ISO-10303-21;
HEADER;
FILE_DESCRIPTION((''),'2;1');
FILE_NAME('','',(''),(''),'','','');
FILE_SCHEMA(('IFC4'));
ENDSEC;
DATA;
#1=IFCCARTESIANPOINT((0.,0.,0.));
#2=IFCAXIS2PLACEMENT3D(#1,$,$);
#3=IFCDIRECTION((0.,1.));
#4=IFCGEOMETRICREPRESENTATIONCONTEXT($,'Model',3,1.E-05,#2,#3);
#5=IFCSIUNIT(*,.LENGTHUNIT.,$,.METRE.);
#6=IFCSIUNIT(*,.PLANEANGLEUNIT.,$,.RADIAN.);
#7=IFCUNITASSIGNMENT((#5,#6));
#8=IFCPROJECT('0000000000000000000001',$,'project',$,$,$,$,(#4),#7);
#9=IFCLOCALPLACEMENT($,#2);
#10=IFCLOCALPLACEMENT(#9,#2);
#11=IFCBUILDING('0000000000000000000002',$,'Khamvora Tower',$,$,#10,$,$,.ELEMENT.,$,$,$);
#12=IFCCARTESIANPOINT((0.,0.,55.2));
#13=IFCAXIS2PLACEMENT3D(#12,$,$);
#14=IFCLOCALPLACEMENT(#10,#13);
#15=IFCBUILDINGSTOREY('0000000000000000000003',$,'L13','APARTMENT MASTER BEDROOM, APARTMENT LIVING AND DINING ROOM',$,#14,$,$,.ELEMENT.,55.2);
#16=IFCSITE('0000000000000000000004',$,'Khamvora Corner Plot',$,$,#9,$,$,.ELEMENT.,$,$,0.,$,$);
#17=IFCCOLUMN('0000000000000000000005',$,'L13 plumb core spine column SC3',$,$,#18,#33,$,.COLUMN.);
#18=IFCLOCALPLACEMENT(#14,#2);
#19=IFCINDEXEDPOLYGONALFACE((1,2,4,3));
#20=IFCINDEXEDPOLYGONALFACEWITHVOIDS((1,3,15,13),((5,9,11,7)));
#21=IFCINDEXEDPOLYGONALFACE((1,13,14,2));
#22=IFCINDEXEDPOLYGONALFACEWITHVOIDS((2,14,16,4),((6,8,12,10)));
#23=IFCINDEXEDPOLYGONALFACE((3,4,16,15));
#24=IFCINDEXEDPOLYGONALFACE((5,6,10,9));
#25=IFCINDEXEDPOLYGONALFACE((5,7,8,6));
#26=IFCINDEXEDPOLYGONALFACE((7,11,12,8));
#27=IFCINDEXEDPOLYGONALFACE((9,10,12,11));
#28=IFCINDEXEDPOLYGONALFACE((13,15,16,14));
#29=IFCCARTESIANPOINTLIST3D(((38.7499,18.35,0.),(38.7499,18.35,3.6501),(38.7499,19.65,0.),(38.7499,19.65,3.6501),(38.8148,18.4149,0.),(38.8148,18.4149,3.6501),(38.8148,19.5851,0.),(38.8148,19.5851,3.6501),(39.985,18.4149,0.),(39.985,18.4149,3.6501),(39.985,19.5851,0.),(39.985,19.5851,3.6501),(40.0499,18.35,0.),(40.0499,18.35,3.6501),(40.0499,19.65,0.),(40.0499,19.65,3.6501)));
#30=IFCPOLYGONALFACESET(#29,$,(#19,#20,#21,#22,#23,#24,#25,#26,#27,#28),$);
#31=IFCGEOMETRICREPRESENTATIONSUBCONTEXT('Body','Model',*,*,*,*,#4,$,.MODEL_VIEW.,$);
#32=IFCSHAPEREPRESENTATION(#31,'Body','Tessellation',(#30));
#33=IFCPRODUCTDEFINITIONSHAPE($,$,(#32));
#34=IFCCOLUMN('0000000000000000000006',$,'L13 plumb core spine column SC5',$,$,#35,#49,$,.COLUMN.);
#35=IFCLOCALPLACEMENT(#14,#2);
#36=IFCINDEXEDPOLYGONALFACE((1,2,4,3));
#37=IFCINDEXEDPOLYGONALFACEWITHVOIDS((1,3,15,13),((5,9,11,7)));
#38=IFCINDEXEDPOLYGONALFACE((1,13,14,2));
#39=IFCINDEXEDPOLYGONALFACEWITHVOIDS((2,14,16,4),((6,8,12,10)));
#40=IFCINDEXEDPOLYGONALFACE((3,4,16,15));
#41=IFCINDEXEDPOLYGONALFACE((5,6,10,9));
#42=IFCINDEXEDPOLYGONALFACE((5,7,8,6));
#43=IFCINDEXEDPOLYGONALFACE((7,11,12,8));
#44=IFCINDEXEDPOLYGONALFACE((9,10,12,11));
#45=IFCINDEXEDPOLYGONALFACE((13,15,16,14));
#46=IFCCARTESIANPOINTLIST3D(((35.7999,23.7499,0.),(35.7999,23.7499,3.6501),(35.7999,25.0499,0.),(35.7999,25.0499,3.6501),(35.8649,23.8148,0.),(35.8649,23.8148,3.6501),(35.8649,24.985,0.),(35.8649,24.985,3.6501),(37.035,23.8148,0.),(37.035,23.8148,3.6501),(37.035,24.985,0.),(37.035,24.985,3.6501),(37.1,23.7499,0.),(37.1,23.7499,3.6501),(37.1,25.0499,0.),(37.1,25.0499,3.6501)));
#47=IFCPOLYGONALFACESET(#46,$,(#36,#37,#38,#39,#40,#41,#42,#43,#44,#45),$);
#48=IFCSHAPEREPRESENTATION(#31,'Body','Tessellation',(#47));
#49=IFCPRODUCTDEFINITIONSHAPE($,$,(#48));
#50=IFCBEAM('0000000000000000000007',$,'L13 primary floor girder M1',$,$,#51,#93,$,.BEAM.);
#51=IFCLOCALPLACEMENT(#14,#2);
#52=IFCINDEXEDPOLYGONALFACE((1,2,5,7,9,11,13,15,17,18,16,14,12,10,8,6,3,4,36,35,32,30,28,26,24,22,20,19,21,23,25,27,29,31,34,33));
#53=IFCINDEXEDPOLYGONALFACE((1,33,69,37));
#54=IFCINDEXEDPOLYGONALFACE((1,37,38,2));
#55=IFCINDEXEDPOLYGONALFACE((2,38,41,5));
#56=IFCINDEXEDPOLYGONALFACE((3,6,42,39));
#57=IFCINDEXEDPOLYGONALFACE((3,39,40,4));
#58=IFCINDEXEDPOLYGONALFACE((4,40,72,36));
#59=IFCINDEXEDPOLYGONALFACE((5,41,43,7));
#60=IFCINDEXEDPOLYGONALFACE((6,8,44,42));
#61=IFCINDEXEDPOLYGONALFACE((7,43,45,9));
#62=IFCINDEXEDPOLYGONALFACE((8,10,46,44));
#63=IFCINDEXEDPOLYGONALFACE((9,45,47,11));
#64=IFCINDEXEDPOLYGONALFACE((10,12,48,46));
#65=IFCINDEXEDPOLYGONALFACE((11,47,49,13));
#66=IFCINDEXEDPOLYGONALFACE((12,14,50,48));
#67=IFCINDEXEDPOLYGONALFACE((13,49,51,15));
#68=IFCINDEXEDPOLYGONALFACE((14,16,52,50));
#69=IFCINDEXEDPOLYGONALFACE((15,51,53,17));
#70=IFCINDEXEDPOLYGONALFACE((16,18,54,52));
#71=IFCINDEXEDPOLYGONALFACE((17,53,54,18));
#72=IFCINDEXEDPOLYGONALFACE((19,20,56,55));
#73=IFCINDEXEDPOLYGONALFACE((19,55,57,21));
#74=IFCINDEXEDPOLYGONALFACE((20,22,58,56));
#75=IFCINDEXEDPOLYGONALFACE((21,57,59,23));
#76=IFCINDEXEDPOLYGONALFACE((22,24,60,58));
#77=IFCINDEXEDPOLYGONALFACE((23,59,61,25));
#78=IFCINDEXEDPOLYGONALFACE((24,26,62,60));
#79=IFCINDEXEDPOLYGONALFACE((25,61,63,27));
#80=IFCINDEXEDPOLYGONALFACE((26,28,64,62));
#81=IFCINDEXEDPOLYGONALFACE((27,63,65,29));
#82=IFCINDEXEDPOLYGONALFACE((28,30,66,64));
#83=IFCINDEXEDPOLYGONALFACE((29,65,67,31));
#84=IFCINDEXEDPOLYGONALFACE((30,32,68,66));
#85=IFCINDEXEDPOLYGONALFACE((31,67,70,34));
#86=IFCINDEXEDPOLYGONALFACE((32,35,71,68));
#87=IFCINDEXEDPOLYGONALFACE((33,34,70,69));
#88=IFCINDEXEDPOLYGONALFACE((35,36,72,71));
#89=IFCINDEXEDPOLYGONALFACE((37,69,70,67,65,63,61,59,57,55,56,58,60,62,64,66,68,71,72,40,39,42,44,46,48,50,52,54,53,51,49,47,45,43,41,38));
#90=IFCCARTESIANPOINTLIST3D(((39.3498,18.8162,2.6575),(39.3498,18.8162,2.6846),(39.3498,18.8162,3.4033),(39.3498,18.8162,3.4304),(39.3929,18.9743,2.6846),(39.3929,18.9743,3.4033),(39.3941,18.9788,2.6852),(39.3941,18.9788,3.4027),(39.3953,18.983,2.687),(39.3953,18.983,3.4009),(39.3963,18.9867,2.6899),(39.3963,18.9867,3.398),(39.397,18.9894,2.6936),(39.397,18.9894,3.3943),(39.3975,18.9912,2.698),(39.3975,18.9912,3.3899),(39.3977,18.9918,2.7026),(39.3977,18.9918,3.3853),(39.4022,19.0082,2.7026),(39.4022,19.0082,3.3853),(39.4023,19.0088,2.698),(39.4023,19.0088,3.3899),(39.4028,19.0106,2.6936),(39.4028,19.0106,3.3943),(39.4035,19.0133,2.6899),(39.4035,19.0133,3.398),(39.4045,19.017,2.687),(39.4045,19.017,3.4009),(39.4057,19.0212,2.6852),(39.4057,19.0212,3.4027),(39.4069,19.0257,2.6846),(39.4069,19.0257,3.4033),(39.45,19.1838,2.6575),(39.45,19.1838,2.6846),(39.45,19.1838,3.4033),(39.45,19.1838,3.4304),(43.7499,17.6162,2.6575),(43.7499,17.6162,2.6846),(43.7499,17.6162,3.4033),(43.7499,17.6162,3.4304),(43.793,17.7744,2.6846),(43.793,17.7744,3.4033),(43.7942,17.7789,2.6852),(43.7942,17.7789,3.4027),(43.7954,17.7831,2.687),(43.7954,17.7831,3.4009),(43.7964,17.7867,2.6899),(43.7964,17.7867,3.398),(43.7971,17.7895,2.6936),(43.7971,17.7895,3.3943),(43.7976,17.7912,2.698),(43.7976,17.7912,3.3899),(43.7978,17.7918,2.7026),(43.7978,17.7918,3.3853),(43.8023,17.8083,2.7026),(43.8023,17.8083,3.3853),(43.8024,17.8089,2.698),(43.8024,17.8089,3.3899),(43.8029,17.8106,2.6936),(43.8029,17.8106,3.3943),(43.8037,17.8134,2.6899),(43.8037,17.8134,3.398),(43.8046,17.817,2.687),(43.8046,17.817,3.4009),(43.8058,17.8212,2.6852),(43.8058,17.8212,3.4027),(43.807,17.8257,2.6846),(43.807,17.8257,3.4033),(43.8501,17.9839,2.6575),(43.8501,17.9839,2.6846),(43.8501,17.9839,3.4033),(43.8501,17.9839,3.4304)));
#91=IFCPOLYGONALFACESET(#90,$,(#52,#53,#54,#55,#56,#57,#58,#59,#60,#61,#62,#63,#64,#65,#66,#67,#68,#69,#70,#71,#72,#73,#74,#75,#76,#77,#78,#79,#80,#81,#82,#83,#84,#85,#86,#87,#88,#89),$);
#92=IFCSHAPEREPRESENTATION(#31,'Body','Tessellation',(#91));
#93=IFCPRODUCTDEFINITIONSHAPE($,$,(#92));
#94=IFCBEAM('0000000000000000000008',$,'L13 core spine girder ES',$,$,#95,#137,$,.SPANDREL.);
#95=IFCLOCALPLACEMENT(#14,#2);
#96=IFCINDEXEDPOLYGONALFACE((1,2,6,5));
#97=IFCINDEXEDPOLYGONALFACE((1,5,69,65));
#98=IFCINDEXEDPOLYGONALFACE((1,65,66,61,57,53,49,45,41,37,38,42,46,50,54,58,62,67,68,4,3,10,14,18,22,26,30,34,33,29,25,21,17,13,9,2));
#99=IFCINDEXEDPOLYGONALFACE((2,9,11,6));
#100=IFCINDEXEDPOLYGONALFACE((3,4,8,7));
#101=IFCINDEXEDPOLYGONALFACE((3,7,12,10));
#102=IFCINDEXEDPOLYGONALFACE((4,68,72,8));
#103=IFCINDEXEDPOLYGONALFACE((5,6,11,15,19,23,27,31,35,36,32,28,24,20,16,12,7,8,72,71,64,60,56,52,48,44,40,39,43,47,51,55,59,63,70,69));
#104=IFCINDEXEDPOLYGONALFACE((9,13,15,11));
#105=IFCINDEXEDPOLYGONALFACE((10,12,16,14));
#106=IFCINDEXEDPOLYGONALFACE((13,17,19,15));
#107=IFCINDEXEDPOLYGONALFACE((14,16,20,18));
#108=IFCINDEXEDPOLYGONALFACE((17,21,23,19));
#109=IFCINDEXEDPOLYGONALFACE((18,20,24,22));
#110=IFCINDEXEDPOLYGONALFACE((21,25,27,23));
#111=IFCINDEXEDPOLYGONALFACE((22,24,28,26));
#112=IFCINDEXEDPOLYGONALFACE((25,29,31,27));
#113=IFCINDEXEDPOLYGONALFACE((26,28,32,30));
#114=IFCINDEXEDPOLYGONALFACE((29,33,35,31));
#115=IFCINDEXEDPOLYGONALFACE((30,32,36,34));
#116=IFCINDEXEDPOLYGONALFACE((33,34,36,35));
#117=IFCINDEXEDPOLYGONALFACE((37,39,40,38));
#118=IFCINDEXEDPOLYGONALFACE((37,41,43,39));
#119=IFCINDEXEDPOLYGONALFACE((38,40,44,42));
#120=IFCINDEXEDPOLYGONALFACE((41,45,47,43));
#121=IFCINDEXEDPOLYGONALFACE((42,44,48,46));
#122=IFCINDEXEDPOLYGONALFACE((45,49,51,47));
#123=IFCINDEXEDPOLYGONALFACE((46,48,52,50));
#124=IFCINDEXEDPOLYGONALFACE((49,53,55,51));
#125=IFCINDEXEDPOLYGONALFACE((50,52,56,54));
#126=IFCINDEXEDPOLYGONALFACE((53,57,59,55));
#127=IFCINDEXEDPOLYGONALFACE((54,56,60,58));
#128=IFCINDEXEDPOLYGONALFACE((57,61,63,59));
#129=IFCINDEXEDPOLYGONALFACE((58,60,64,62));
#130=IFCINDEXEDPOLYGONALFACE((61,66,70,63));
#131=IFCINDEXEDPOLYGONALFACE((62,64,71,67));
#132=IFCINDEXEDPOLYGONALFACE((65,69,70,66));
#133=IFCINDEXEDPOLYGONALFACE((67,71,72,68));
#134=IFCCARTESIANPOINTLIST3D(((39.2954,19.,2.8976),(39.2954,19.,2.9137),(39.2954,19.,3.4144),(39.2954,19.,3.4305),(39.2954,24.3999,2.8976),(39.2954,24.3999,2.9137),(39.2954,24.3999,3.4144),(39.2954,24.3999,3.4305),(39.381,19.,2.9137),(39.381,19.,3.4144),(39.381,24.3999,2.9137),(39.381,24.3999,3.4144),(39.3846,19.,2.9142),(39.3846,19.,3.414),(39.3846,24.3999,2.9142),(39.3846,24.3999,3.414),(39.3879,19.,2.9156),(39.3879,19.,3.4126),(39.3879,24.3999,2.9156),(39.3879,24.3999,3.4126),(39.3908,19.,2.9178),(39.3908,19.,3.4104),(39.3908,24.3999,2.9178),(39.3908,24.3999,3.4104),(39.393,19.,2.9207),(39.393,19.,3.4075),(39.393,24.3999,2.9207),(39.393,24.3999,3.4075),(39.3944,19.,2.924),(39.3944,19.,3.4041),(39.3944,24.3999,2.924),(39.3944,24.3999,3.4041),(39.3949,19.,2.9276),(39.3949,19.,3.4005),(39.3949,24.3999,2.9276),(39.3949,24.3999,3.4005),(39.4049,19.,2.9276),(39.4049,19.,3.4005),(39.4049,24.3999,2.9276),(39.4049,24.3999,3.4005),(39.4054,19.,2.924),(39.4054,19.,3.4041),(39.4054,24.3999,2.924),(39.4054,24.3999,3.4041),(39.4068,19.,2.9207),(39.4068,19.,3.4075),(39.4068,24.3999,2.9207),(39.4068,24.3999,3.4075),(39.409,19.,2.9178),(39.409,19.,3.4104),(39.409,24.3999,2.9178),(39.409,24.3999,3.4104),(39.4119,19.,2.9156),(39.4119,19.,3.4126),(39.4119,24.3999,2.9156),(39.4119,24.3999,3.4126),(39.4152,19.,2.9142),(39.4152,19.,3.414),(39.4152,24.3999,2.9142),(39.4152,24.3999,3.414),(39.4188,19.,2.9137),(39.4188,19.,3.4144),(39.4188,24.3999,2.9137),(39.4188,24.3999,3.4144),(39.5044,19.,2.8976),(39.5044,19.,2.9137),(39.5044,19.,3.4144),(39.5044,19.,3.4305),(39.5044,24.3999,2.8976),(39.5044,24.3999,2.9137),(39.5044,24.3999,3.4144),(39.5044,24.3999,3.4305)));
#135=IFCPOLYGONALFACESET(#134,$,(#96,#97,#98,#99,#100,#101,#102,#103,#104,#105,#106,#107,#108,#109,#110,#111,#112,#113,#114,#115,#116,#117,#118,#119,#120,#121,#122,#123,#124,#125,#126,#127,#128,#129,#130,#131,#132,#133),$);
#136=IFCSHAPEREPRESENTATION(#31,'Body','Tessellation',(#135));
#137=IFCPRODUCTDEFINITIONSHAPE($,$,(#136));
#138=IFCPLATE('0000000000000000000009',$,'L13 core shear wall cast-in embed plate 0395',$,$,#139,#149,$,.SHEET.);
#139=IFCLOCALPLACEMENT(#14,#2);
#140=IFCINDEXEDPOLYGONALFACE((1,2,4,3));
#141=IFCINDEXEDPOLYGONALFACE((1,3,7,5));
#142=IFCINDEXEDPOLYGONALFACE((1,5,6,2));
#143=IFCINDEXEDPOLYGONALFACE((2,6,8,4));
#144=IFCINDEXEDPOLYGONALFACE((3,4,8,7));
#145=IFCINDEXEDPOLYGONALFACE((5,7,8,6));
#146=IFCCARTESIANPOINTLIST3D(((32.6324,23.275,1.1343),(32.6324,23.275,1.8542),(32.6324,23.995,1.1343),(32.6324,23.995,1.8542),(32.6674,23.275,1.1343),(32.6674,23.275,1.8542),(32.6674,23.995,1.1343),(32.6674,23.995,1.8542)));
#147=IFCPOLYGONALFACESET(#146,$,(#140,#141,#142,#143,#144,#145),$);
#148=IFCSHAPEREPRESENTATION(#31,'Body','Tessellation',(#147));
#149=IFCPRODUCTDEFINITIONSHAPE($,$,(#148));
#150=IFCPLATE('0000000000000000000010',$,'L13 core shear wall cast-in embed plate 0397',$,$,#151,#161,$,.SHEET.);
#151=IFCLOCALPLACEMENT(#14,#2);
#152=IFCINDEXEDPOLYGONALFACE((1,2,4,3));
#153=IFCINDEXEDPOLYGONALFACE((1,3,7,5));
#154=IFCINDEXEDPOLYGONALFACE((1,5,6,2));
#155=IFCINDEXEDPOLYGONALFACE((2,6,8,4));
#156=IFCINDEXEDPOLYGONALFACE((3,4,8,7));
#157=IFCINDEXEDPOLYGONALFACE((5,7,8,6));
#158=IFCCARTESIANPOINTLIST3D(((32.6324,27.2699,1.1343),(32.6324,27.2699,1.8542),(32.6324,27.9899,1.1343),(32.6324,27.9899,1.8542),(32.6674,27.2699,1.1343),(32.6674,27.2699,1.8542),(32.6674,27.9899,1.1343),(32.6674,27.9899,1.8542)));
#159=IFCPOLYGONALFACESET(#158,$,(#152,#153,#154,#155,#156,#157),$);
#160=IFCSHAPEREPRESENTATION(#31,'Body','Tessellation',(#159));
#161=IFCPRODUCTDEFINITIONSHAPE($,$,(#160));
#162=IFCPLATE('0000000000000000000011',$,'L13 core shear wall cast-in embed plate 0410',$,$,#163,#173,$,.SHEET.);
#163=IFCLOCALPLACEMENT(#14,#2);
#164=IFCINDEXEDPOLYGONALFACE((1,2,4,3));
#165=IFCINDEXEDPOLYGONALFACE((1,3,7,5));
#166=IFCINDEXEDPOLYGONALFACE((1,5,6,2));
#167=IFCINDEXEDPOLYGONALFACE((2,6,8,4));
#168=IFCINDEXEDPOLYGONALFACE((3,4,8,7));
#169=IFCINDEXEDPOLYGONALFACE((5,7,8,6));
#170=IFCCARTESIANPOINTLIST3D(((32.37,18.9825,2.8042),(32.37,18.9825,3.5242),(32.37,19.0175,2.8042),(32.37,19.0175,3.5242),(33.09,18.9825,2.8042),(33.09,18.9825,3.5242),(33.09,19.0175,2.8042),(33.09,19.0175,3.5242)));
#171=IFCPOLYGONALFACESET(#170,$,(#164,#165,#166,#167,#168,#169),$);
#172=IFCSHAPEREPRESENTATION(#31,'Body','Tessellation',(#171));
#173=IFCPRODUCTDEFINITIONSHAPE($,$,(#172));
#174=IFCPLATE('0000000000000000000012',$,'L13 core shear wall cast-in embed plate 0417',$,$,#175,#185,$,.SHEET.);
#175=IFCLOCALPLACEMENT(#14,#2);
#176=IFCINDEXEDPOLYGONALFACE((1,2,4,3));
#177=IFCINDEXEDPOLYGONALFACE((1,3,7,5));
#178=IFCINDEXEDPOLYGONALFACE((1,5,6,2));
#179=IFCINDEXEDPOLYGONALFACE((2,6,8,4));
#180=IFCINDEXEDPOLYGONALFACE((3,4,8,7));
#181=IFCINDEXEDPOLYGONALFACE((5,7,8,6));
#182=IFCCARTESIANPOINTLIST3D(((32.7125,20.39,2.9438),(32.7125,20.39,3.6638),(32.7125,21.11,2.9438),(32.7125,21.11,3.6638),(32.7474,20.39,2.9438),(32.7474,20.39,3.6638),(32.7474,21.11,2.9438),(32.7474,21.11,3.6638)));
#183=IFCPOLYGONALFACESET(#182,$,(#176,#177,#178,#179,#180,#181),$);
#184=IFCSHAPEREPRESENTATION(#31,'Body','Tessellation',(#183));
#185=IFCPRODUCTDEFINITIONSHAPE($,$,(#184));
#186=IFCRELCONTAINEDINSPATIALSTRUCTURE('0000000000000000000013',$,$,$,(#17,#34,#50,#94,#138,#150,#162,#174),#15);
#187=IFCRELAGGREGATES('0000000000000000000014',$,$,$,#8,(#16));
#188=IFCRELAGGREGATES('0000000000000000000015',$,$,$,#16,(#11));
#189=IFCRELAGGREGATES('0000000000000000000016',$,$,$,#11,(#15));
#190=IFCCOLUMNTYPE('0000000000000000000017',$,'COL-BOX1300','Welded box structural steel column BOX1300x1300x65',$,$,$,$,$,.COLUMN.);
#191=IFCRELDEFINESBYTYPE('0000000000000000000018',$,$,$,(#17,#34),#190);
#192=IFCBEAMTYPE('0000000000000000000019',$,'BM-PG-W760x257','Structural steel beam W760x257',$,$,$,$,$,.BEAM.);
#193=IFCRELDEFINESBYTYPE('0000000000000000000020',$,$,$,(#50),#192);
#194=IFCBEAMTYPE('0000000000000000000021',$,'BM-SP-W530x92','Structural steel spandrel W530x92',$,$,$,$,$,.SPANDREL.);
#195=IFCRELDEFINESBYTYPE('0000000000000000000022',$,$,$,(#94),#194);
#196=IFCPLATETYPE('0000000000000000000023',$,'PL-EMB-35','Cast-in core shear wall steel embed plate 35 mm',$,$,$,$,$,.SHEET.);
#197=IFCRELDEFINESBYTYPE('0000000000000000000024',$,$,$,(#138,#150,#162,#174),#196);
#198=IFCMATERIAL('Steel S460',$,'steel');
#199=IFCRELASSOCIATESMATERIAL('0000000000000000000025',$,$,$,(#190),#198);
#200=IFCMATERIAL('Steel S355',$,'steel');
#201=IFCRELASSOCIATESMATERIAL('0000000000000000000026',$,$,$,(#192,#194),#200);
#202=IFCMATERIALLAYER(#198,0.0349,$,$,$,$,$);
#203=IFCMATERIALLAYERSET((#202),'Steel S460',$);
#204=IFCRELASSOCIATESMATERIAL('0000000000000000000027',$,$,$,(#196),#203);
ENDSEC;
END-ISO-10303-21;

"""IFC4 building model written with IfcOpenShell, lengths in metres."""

from ifc_helpers import new_model, si_unit, direction, frame, origin, origin_2d, place, context, subcontext, project, spatial, rectangle, hollow_rectangle, i_section, extrude, material, layer, layer_set, material_profile, profile_set, type_object, element, save


model = new_model("IFC4")

# Units and contexts
model_context = context("Model", 3, precision=1e-05, world=origin(), true_north=direction((0.0, 1.0)))
body_context = subcontext(model_context, "Body", "Model", "MODEL_VIEW")
ifc_project = project(units=[si_unit("LENGTHUNIT", "METRE"), si_unit("PLANEANGLEUNIT", "RADIAN")], contexts=[model_context])

# Site, building, storey
site_placement = place(None, origin())
site = spatial("IfcSite", under=ifc_project, at=site_placement, Name="Khamvora Corner Plot", CompositionType="ELEMENT", RefElevation=0.0)
building_placement = place(site_placement, origin())
building = spatial("IfcBuilding", under=site, at=building_placement, Name="Khamvora Tower", CompositionType="ELEMENT")
storey_placement = place(building_placement, frame((0.0, 0.0, 55.2)))
storey = spatial("IfcBuildingStorey", under=building, at=storey_placement, Name="L13", Description="APARTMENT MASTER BEDROOM, APARTMENT LIVING AND DINING ROOM", CompositionType="ELEMENT", Elevation=55.2)

# Columns
ifc_material_1 = material(Name="Steel S460", Category="steel")
ifc_material_profile_1 = material_profile(ifc_material_1, hollow_rectangle(XDim=1.3, YDim=1.3, WallThickness=0.0649, at=origin_2d()), Name="BOX1300x1300x65")
ifc_profile_set_1 = profile_set([ifc_material_profile_1], Name="Steel S460")
column_type = type_object("IfcColumnType", Name="COL-BOX1300", Description="Welded box structural steel column BOX1300x1300x65", PredefinedType="COLUMN", material=ifc_profile_set_1)
for number, where, z_axis, x_axis, name in (
    (1, (39.3999, 19.0, 0.0), (0.0, 0.0, 1.0), (1.0, 0.0, 0.0), "L13 plumb core spine column SC3"),
    (2, (36.45, 24.3999, 0.0), (0.0, 0.0, 1.0), (1.0, 0.0, 0.0), "L13 plumb core spine column SC5"),
):
    element("IfcColumn", number, at=place(storey_placement, frame(where, z_axis=z_axis, x_axis=x_axis)), inside=storey, type_object=column_type, Name=name, PredefinedType="COLUMN", context=body_context, shape_type="SweptSolid", body=[
        extrude(hollow_rectangle(XDim=1.3, YDim=1.3, WallThickness=0.0649, at=origin_2d()), origin(), (0.0, 0.0, 1.0), 3.6501),
    ])

# Beams
ifc_material_2 = material(Name="Steel S355", Category="steel")
ifc_material_profile_2 = material_profile(ifc_material_2, i_section(OverallWidth=0.3811, OverallDepth=0.7729, WebThickness=0.0171, FlangeThickness=0.0271, FilletRadius=0.0181, at=origin_2d()), Name="W760x257")
ifc_profile_set_2 = profile_set([ifc_material_profile_2], Name="Steel S355")
beam_type_1 = type_object("IfcBeamType", Name="BM-PG-W760x257", Description="Structural steel beam W760x257", PredefinedType="BEAM", material=ifc_profile_set_2)
beam_1_placement = place(storey_placement, frame((39.3999, 19.0, 3.0439), z_axis=(0.964769, -0.263099, 0.0), x_axis=(0.263099, 0.964769, 0.0)))
element("IfcBeam", 3, at=beam_1_placement, inside=storey, type_object=beam_type_1, Name="L13 primary floor girder M1", PredefinedType="BEAM", context=body_context, shape_type="SweptSolid", body=[
    extrude(i_section(OverallWidth=0.3811, OverallDepth=0.7729, WebThickness=0.0171, FlangeThickness=0.0271, FilletRadius=0.0181, at=origin_2d()), origin(), (0.0, 0.0, 1.0), 4.5608),
])
ifc_material_profile_3 = material_profile(ifc_material_2, i_section(OverallWidth=0.209, OverallDepth=0.533, WebThickness=0.01, FlangeThickness=0.0161, FilletRadius=0.0139, at=origin_2d()), Name="W530x92")
ifc_profile_set_3 = profile_set([ifc_material_profile_3], Name="Steel S355")
beam_type_2 = type_object("IfcBeamType", Name="BM-SP-W530x92", Description="Structural steel spandrel W530x92", PredefinedType="SPANDREL", material=ifc_profile_set_3)
beam_2_placement = place(storey_placement, frame((39.3999, 19.0, 3.1641), z_axis=(0.0, 1.0, 0.0), x_axis=(-1.0, 0.0, 0.0)))
element("IfcBeam", 4, at=beam_2_placement, inside=storey, type_object=beam_type_2, Name="L13 core spine girder ES", PredefinedType="SPANDREL", context=body_context, shape_type="SweptSolid", body=[
    extrude(i_section(OverallWidth=0.209, OverallDepth=0.533, WebThickness=0.01, FlangeThickness=0.0161, FilletRadius=0.0139, at=origin_2d()), origin(), (0.0, 0.0, 1.0), 5.3999),
])

# Plates
ifc_layer_1 = layer(ifc_material_1, 0.0349)
ifc_layer_set_1 = layer_set([ifc_layer_1], Name="Steel S460")
plate_type = type_object("IfcPlateType", Name="PL-EMB-35", Description="Cast-in core shear wall steel embed plate 35 mm", PredefinedType="SHEET", material=ifc_layer_set_1)
for number, where, z_axis, x_axis, name in (
    (5, (32.6499, 23.635, 1.1343), (0.0, 0.0, 1.0), (1.0, 0.0, 0.0), "L13 core shear wall cast-in embed plate 0395"),
    (6, (32.6499, 27.6299, 1.1343), (0.0, 0.0, 1.0), (1.0, 0.0, 0.0), "L13 core shear wall cast-in embed plate 0397"),
):
    element("IfcPlate", number, at=place(storey_placement, frame(where, z_axis=z_axis, x_axis=x_axis)), inside=storey, type_object=plate_type, Name=name, PredefinedType="SHEET", context=body_context, shape_type="SweptSolid", body=[
        extrude(rectangle(XDim=0.0349, YDim=0.72, at=origin_2d()), origin(), (0.0, 0.0, 1.0), 0.72),
    ])
plate_1_placement = place(storey_placement, frame((32.73, 19.0, 2.8042), z_axis=(0.0, 0.0, 1.0), x_axis=(1.0, 0.0, 0.0)))
element("IfcPlate", 7, at=plate_1_placement, inside=storey, type_object=plate_type, Name="L13 core shear wall cast-in embed plate 0410", PredefinedType="SHEET", context=body_context, shape_type="SweptSolid", body=[
    extrude(rectangle(XDim=0.72, YDim=0.0349, at=origin_2d()), origin(), (0.0, 0.0, 1.0), 0.72),
])
plate_2_placement = place(storey_placement, frame((32.73, 20.75, 2.9438), z_axis=(0.0, 0.0, 1.0), x_axis=(1.0, 0.0, 0.0)))
element("IfcPlate", 8, at=plate_2_placement, inside=storey, type_object=plate_type, Name="L13 core shear wall cast-in embed plate 0417", PredefinedType="SHEET", context=body_context, shape_type="SweptSolid", body=[
    extrude(rectangle(XDim=0.0349, YDim=0.72, at=origin_2d()), origin(), (0.0, 0.0, 1.0), 0.72),
])

save(model, "model.ifc")
